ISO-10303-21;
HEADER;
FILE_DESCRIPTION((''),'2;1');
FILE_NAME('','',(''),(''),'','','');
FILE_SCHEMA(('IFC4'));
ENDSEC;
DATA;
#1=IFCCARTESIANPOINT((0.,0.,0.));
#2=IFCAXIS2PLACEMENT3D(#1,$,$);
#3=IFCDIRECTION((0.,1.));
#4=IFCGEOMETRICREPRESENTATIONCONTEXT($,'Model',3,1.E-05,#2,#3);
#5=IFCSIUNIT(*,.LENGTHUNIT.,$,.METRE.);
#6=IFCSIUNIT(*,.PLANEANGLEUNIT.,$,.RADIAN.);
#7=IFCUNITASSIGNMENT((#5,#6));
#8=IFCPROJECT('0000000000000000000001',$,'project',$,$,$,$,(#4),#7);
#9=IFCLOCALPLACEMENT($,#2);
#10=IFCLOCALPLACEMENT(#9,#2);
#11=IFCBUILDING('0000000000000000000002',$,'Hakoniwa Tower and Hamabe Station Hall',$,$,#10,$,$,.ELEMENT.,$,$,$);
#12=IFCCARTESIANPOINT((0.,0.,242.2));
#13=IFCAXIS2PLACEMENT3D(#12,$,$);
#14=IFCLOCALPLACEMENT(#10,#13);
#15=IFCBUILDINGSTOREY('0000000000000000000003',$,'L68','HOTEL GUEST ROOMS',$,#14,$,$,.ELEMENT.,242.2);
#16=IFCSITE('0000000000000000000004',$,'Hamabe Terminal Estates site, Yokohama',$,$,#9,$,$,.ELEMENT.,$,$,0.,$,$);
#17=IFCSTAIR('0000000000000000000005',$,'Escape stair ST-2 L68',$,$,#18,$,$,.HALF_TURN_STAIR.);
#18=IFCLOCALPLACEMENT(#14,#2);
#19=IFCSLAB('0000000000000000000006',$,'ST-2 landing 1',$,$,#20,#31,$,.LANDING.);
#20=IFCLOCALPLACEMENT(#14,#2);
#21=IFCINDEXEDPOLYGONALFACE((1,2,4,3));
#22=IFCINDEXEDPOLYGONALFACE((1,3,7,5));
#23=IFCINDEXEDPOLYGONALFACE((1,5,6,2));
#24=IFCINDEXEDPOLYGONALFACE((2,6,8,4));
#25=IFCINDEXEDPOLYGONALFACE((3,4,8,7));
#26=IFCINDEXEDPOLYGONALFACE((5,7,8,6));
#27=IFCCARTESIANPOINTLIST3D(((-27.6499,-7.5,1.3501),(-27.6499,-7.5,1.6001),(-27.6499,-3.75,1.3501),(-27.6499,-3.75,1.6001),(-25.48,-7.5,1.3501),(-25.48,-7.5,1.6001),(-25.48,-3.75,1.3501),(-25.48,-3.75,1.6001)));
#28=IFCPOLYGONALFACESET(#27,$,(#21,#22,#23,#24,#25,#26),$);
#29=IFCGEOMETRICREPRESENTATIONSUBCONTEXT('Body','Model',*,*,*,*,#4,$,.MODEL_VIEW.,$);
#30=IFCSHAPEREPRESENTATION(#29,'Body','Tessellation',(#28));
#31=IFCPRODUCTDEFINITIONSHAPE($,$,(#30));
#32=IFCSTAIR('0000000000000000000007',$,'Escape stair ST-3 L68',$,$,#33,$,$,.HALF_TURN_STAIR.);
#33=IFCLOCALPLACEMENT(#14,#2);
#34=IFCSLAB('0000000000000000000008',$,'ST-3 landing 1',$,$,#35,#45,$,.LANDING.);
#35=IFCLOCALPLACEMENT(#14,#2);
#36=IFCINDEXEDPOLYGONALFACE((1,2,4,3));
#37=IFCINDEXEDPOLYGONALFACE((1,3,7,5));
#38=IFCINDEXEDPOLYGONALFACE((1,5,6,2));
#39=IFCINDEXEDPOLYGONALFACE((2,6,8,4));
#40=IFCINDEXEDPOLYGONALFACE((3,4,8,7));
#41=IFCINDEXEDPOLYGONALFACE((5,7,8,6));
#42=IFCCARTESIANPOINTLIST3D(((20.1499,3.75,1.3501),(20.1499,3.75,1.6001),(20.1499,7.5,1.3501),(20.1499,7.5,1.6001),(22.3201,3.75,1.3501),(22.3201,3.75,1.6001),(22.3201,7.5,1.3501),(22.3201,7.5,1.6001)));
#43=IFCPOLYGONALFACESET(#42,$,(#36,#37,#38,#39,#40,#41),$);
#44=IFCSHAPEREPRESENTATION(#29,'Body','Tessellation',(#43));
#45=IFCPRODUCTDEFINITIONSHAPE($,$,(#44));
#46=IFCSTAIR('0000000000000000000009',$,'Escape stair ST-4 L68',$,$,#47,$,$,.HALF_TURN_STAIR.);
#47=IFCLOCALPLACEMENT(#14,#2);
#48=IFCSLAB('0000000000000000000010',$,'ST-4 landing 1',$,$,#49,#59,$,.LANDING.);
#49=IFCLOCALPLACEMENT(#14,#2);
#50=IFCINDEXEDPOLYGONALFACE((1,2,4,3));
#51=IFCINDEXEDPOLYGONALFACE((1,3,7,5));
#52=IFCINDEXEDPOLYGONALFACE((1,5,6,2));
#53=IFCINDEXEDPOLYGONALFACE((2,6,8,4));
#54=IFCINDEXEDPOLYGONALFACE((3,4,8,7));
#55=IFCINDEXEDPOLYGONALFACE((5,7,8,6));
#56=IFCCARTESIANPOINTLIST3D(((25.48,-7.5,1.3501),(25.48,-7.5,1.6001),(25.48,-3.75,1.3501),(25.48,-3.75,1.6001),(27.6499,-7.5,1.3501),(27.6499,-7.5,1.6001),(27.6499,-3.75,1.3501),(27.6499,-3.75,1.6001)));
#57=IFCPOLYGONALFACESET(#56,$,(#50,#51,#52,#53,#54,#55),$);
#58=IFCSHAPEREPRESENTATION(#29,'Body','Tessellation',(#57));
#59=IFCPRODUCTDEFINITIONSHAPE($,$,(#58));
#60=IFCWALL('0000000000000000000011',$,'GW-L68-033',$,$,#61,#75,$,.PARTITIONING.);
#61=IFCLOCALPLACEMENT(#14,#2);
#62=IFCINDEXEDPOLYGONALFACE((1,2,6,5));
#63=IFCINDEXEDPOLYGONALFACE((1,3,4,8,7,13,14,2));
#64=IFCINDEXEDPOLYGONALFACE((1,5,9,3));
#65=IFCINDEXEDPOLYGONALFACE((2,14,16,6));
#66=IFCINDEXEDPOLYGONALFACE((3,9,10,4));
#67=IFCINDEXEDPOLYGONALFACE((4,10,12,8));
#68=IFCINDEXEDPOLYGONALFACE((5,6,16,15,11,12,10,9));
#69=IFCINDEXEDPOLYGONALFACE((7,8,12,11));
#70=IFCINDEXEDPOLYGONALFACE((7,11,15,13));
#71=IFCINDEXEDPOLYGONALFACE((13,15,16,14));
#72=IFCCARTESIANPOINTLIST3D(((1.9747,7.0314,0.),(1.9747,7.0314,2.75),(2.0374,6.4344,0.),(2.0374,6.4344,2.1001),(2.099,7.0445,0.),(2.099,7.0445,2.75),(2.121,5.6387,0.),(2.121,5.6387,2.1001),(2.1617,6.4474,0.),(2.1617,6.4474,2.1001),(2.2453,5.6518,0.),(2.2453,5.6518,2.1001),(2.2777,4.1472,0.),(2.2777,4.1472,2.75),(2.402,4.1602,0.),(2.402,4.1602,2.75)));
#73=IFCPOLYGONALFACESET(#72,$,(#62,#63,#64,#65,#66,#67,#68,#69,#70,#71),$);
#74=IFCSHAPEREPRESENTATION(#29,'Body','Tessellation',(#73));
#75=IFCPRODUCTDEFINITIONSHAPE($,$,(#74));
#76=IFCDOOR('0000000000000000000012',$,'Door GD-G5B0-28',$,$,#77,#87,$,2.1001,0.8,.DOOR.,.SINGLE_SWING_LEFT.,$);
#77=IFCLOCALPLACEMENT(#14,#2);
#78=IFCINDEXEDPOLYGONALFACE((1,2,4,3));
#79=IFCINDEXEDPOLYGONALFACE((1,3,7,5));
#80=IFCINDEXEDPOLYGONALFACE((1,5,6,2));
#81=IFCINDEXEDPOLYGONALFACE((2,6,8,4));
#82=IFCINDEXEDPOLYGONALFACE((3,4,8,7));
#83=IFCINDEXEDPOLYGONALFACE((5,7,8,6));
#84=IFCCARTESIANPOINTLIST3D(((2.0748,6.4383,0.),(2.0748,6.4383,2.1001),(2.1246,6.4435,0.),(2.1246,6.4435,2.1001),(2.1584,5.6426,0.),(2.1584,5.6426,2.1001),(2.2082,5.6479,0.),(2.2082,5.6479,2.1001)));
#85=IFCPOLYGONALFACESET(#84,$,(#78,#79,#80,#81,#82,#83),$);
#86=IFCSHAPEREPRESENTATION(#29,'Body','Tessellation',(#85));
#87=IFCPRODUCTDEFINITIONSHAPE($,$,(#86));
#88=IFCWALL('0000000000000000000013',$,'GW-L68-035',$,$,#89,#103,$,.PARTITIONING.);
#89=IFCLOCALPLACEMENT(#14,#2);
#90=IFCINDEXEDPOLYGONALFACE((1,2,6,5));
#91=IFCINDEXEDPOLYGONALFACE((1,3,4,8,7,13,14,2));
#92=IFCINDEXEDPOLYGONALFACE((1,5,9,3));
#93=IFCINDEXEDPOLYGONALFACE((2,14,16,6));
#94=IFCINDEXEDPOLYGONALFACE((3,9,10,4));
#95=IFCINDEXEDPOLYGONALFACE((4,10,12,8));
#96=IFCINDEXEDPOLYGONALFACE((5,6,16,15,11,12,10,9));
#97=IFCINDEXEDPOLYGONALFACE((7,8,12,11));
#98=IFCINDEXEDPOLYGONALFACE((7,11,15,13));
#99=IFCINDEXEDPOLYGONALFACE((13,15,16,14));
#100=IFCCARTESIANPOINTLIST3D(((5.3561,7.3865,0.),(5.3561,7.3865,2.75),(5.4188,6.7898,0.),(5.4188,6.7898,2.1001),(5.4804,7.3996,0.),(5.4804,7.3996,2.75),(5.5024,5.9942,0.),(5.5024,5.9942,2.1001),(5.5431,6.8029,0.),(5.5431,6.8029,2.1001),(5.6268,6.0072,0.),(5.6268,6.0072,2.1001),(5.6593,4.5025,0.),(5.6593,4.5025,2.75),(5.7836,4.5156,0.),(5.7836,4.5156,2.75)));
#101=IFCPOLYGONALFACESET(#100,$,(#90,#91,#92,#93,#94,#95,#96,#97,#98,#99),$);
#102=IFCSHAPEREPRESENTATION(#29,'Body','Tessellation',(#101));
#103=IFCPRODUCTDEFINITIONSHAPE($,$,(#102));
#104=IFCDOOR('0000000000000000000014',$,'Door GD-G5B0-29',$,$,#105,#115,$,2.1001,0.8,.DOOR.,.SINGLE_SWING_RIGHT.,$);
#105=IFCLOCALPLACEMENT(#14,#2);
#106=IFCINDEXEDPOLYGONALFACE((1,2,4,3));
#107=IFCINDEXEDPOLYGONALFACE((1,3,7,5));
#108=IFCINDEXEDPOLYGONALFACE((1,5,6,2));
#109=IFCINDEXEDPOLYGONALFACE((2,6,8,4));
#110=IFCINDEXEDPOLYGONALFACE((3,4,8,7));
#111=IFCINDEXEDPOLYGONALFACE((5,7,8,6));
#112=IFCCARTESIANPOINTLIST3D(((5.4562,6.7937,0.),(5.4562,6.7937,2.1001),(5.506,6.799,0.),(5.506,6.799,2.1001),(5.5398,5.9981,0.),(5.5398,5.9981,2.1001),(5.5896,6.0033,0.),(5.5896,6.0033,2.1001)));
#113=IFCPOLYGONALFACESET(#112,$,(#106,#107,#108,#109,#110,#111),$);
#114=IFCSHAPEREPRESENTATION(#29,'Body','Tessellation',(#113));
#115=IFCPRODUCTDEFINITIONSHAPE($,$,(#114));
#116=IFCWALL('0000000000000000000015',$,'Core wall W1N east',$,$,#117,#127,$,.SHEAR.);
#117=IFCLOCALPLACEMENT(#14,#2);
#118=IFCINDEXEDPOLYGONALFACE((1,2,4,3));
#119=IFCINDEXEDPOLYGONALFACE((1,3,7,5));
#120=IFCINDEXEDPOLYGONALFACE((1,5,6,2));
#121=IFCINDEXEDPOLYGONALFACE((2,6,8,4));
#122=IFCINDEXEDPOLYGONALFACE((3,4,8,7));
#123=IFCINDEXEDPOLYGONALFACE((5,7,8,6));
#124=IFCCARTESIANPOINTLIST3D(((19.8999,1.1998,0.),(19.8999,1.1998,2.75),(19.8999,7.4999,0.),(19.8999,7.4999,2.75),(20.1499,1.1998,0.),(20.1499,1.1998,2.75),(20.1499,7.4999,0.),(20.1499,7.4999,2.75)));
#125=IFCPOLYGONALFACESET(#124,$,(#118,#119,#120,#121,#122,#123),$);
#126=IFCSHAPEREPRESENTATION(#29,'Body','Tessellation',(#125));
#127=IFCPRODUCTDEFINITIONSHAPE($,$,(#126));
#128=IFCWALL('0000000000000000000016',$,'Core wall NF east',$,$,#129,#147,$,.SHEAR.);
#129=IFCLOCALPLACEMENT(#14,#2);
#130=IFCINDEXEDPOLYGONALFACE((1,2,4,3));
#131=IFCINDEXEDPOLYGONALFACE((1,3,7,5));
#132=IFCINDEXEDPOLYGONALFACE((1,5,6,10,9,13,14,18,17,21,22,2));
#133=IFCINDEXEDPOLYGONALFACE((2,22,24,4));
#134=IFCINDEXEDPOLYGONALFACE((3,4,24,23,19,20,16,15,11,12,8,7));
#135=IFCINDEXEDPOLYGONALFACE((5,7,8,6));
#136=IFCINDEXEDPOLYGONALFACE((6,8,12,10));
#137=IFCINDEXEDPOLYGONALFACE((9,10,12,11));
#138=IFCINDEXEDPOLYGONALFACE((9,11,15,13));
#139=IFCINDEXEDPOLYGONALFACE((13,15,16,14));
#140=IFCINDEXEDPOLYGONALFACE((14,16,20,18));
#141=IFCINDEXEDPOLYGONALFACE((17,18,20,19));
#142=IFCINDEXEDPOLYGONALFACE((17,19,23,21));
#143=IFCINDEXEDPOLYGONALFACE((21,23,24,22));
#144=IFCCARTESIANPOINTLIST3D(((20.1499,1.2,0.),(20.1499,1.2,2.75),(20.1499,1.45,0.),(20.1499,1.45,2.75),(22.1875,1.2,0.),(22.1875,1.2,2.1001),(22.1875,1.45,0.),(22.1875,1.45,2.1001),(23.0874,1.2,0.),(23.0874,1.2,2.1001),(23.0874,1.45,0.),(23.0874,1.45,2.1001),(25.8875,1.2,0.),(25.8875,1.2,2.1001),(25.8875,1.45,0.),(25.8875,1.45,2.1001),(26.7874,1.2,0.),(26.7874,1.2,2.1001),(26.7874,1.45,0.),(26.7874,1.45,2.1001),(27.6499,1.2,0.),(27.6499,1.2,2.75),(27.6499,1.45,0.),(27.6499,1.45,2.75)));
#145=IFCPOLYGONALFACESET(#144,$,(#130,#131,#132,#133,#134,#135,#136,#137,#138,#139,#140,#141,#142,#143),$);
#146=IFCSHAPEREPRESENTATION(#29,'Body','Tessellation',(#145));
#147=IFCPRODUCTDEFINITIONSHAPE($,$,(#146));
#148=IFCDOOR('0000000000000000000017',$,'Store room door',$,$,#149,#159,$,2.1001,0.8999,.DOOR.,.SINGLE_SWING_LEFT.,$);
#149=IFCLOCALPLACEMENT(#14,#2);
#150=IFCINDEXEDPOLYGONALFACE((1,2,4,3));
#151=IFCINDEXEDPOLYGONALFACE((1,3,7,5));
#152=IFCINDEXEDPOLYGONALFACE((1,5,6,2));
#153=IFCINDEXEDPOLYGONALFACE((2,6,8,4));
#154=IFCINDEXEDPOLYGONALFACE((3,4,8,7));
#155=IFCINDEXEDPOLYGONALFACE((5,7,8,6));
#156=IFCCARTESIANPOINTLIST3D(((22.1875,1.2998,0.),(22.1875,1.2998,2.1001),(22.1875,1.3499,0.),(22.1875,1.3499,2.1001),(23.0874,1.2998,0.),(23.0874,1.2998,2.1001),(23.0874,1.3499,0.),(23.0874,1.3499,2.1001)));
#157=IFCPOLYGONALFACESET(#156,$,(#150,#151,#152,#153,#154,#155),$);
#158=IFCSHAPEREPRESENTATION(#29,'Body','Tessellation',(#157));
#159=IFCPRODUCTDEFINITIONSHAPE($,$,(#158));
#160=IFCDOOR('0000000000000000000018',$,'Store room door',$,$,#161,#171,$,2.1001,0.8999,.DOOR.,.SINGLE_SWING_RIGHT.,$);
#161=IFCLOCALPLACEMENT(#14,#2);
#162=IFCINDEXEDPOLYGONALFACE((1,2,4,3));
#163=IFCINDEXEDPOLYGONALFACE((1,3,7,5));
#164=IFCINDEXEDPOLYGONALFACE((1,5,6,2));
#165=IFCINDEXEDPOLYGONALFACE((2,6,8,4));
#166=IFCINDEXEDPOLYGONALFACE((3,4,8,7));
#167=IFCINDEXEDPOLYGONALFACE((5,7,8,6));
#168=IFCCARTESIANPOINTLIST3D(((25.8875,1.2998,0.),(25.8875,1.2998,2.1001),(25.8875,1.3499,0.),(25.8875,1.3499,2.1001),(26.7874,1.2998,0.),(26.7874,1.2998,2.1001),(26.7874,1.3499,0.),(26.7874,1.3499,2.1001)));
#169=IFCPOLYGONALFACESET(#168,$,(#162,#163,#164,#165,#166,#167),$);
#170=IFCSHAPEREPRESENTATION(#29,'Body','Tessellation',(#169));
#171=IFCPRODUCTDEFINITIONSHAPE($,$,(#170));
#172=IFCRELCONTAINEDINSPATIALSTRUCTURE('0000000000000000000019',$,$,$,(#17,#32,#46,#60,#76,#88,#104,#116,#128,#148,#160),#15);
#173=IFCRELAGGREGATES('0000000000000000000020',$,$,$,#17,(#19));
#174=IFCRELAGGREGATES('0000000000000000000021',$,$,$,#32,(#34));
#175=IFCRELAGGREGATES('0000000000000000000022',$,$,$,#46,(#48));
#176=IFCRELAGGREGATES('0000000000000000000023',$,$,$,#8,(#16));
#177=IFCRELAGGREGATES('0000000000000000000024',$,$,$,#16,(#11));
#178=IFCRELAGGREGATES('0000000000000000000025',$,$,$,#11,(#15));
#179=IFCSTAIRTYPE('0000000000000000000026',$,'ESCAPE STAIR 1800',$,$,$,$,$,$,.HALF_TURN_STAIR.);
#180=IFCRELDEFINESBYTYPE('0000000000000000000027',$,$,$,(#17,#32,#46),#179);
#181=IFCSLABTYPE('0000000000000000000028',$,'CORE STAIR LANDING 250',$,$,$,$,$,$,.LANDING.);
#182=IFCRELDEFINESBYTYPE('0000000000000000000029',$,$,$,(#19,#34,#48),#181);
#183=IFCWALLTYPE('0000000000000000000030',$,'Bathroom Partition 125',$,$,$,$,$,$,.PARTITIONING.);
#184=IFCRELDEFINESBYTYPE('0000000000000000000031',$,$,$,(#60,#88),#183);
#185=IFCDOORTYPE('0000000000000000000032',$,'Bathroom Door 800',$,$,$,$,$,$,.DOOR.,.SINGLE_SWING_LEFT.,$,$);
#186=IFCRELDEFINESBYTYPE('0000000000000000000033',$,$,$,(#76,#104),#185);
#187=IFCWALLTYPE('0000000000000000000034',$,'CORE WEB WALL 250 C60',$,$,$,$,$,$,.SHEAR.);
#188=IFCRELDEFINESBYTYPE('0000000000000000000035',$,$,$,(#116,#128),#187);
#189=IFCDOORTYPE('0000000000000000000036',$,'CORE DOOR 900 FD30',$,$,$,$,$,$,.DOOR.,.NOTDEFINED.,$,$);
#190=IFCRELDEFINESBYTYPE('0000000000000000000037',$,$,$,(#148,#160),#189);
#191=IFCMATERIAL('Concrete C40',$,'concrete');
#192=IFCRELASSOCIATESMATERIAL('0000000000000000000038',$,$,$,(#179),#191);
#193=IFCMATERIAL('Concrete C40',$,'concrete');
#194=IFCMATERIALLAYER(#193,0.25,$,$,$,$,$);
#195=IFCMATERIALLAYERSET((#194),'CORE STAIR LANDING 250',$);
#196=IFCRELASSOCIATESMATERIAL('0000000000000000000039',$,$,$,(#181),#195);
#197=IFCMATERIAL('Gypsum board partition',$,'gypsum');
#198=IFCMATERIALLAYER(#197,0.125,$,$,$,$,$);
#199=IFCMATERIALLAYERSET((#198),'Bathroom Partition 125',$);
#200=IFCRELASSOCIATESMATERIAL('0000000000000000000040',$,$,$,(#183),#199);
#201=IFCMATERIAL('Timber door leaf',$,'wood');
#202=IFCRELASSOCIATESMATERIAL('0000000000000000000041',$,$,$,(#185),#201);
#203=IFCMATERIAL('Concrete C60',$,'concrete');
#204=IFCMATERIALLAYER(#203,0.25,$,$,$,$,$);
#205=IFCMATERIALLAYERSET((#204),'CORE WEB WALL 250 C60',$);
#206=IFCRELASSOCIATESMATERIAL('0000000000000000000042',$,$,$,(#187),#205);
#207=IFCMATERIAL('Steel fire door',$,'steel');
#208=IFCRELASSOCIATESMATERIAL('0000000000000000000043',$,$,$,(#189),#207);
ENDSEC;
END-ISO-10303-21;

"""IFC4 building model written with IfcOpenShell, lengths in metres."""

from ifc_helpers import new_model, si_unit, direction, frame, frame_2d, origin, place, context, subcontext, project, spatial, polyline, rectangle, outline, extrude, material, layer, layer_set, type_object, element, fill, aggregate, save


model = new_model("IFC4")

# Units and contexts
model_context = context("Model", 3, precision=1e-05, world=origin(), true_north=direction((0.0, 1.0)))
body_context = subcontext(model_context, "Body", "Model", "MODEL_VIEW")
ifc_project = project(units=[si_unit("LENGTHUNIT", "METRE"), si_unit("PLANEANGLEUNIT", "RADIAN")], contexts=[model_context])

# Site, building, storey
site_placement = place(None, origin())
site = spatial("IfcSite", under=ifc_project, at=site_placement, Name="Hamabe Terminal Estates site, Yokohama", CompositionType="ELEMENT", RefElevation=0.0)
building_placement = place(site_placement, origin())
building = spatial("IfcBuilding", under=site, at=building_placement, Name="Hakoniwa Tower and Hamabe Station Hall", CompositionType="ELEMENT")
storey_placement = place(building_placement, frame((0.0, 0.0, 242.2)))
storey = spatial("IfcBuildingStorey", under=building, at=storey_placement, Name="L68", Description="HOTEL GUEST ROOMS", CompositionType="ELEMENT", Elevation=242.2)

# Stairs, slabs
ifc_material_1 = material(Name="Concrete C40", Category="concrete")
stair_type = type_object("IfcStairType", Name="ESCAPE STAIR 1800", PredefinedType="HALF_TURN_STAIR", material=ifc_material_1)
stair_1_placement = place(storey_placement, origin())
stair_1 = element("IfcStair", 1, at=stair_1_placement, inside=storey, type_object=stair_type, Name="Escape stair ST-2 L68", PredefinedType="HALF_TURN_STAIR")
ifc_material_2 = material(Name="Concrete C40", Category="concrete")
ifc_layer_1 = layer(ifc_material_2, 0.25)
ifc_layer_set_1 = layer_set([ifc_layer_1], Name="CORE STAIR LANDING 250")
slab_type = type_object("IfcSlabType", Name="CORE STAIR LANDING 250", PredefinedType="LANDING", material=ifc_layer_set_1)
slab_1_placement = place(storey_placement, frame((0.0, 0.0, 1.3501)))
slab_1 = element("IfcSlab", 2, at=slab_1_placement, type_object=slab_type, Name="ST-2 landing 1", PredefinedType="LANDING", context=body_context, shape_type="SweptSolid", body=[
    extrude(outline(polyline([(-25.48, -7.5), (-27.6499, -7.5), (-27.6499, -3.75), (-25.48, -3.75), (-25.48, -7.5)])), origin(), (0.0, 0.0, 1.0), 0.25),
])
aggregate(stair_1, [slab_1])
stair_2_placement = place(storey_placement, origin())
stair_2 = element("IfcStair", 3, at=stair_2_placement, inside=storey, type_object=stair_type, Name="Escape stair ST-3 L68", PredefinedType="HALF_TURN_STAIR")
slab_2_placement = place(storey_placement, frame((0.0, 0.0, 1.3501)))
slab_2 = element("IfcSlab", 4, at=slab_2_placement, type_object=slab_type, Name="ST-3 landing 1", PredefinedType="LANDING", context=body_context, shape_type="SweptSolid", body=[
    extrude(outline(polyline([(22.3201, 3.75), (20.1499, 3.75), (20.1499, 7.5), (22.3201, 7.5), (22.3201, 3.75)])), origin(), (0.0, 0.0, 1.0), 0.25),
])
aggregate(stair_2, [slab_2])
stair_3_placement = place(storey_placement, origin())
stair_3 = element("IfcStair", 5, at=stair_3_placement, inside=storey, type_object=stair_type, Name="Escape stair ST-4 L68", PredefinedType="HALF_TURN_STAIR")
slab_3_placement = place(storey_placement, frame((0.0, 0.0, 1.3501)))
slab_3 = element("IfcSlab", 6, at=slab_3_placement, type_object=slab_type, Name="ST-4 landing 1", PredefinedType="LANDING", context=body_context, shape_type="SweptSolid", body=[
    extrude(outline(polyline([(25.48, -7.5), (27.6499, -7.5), (27.6499, -3.75), (25.48, -3.75), (25.48, -7.5)])), origin(), (0.0, 0.0, 1.0), 0.25),
])
aggregate(stair_3, [slab_3])

# Walls, openings, doors
ifc_material_3 = material(Name="Gypsum board partition", Category="gypsum")
ifc_layer_2 = layer(ifc_material_3, 0.125)
ifc_layer_set_2 = layer_set([ifc_layer_2], Name="Bathroom Partition 125")
wall_type_1 = type_object("IfcWallType", Name="Bathroom Partition 125", PredefinedType="PARTITIONING", material=ifc_layer_set_2)
wall_1_placement = place(storey_placement, frame((2.3398, 4.1536, 0.0), z_axis=(0.0, 0.0, 1.0), x_axis=(-0.10447, 0.994528, 0.0)))
wall_1 = element("IfcWall", 7, at=wall_1_placement, inside=storey, type_object=wall_type_1, Name="GW-L68-033", PredefinedType="PARTITIONING", context=body_context, shape_type="SweptSolid", body=[
    extrude(rectangle(XDim=2.9001, YDim=0.125, at=frame_2d((1.4502, 0.0))), origin(), (0.0, 0.0, 1.0), 2.75),
])
opening_1_placement = place(wall_1_placement, frame((1.5, 0.0, 0.0)))
opening_1 = element("IfcOpeningElement", 8, at=opening_1_placement, cuts=wall_1, PredefinedType="OPENING", context=body_context, shape_type="SweptSolid", body=[
    extrude(rectangle(XDim=0.8, YDim=2.1001, at=frame_2d((0.3999, 1.05))), frame((0.0, 0.0725, 0.0), z_axis=(0.0, -1.0, 0.0), x_axis=(1.0, 0.0, 0.0)), (0.0, 0.0, 1.0), 0.145),
])
ifc_material_4 = material(Name="Timber door leaf", Category="wood")
door_type_1 = type_object("IfcDoorType", Name="Bathroom Door 800", OperationType="SINGLE_SWING_LEFT", PredefinedType="DOOR", material=ifc_material_4)
door_1_placement = place(opening_1_placement, origin())
door_1 = element("IfcDoor", 9, at=door_1_placement, inside=storey, type_object=door_type_1, Name="Door GD-G5B0-28", OperationType="SINGLE_SWING_LEFT", OverallHeight=2.1001, OverallWidth=0.8, PredefinedType="DOOR", context=body_context, shape_type="SweptSolid", body=[
    extrude(rectangle(XDim=0.8, YDim=2.1001, at=frame_2d((0.3999, 1.05))), frame((0.0, 0.0249, 0.0), z_axis=(0.0, -1.0, 0.0), x_axis=(1.0, 0.0, 0.0)), (0.0, 0.0, 1.0), 0.05),
])
fill(opening_1, door_1)
wall_2_placement = place(storey_placement, frame((5.7214, 4.509, 0.0), z_axis=(0.0, 0.0, 1.0), x_axis=(-0.104562, 0.994518, 0.0)))
wall_2 = element("IfcWall", 10, at=wall_2_placement, inside=storey, type_object=wall_type_1, Name="GW-L68-035", PredefinedType="PARTITIONING", context=body_context, shape_type="SweptSolid", body=[
    extrude(rectangle(XDim=2.8999, YDim=0.125, at=frame_2d((1.45, 0.0))), origin(), (0.0, 0.0, 1.0), 2.75),
])
opening_2_placement = place(wall_2_placement, frame((1.5, 0.0, 0.0)))
opening_2 = element("IfcOpeningElement", 11, at=opening_2_placement, cuts=wall_2, PredefinedType="OPENING", context=body_context, shape_type="SweptSolid", body=[
    extrude(rectangle(XDim=0.8, YDim=2.1001, at=frame_2d((0.3999, 1.05))), frame((0.0, 0.0725, 0.0), z_axis=(0.0, -1.0, 0.0), x_axis=(1.0, 0.0, 0.0)), (0.0, 0.0, 1.0), 0.145),
])
door_2_placement = place(opening_2_placement, origin())
door_2 = element("IfcDoor", 12, at=door_2_placement, inside=storey, type_object=door_type_1, Name="Door GD-G5B0-29", OperationType="SINGLE_SWING_RIGHT", OverallHeight=2.1001, OverallWidth=0.8, PredefinedType="DOOR", context=body_context, shape_type="SweptSolid", body=[
    extrude(rectangle(XDim=0.8, YDim=2.1001, at=frame_2d((0.3999, 1.05))), frame((0.0, 0.0249, 0.0), z_axis=(0.0, -1.0, 0.0), x_axis=(1.0, 0.0, 0.0)), (0.0, 0.0, 1.0), 0.05),
])
fill(opening_2, door_2)

# Wall
ifc_material_5 = material(Name="Concrete C60", Category="concrete")
ifc_layer_3 = layer(ifc_material_5, 0.25)
ifc_layer_set_3 = layer_set([ifc_layer_3], Name="CORE WEB WALL 250 C60")
wall_type_2 = type_object("IfcWallType", Name="CORE WEB WALL 250 C60", PredefinedType="SHEAR", material=ifc_layer_set_3)
wall_3_placement = place(storey_placement, frame((20.0249, 1.2, 0.0), z_axis=(0.0, 0.0, 1.0), x_axis=(0.0, 1.0, 0.0)))
element("IfcWall", 13, at=wall_3_placement, inside=storey, type_object=wall_type_2, Name="Core wall W1N east", PredefinedType="SHEAR", context=body_context, shape_type="SweptSolid", body=[
    extrude(rectangle(XDim=6.3, YDim=0.25, at=frame_2d((3.1499, 0.0))), origin(), (0.0, 0.0, 1.0), 2.75),
])

# Wall, openings, doors
wall_4_placement = place(storey_placement, frame((20.1499, 1.325, 0.0), z_axis=(0.0, 0.0, 1.0), x_axis=(1.0, 0.0, 0.0)))
wall_4 = element("IfcWall", 14, at=wall_4_placement, inside=storey, type_object=wall_type_2, Name="Core wall NF east", PredefinedType="SHEAR", context=body_context, shape_type="SweptSolid", body=[
    extrude(rectangle(XDim=7.5, YDim=0.25, at=frame_2d((3.75, 0.0))), origin(), (0.0, 0.0, 1.0), 2.75),
])
opening_3_placement = place(wall_4_placement, frame((2.0376, 0.0, 0.0)))
opening_3 = element("IfcOpeningElement", 15, at=opening_3_placement, cuts=wall_4, PredefinedType="OPENING", context=body_context, shape_type="SweptSolid", body=[
    extrude(rectangle(XDim=0.8999, YDim=2.1001, at=frame_2d((0.45, 1.05))), frame((0.0, 0.135, 0.0), z_axis=(0.0, -1.0, 0.0), x_axis=(1.0, 0.0, 0.0)), (0.0, 0.0, 1.0), 0.27),
])
opening_4_placement = place(wall_4_placement, frame((5.7375, 0.0, 0.0)))
opening_4 = element("IfcOpeningElement", 16, at=opening_4_placement, cuts=wall_4, PredefinedType="OPENING", context=body_context, shape_type="SweptSolid", body=[
    extrude(rectangle(XDim=0.8999, YDim=2.1001, at=frame_2d((0.45, 1.05))), frame((0.0, 0.135, 0.0), z_axis=(0.0, -1.0, 0.0), x_axis=(1.0, 0.0, 0.0)), (0.0, 0.0, 1.0), 0.27),
])
ifc_material_6 = material(Name="Steel fire door", Category="steel")
door_type_2 = type_object("IfcDoorType", Name="CORE DOOR 900 FD30", OperationType="NOTDEFINED", PredefinedType="DOOR", material=ifc_material_6)
door_3_placement = place(opening_3_placement, origin())
door_3 = element("IfcDoor", 17, at=door_3_placement, inside=storey, type_object=door_type_2, Name="Store room door", OperationType="SINGLE_SWING_LEFT", OverallHeight=2.1001, OverallWidth=0.8999, PredefinedType="DOOR", context=body_context, shape_type="SweptSolid", body=[
    extrude(rectangle(XDim=0.8999, YDim=2.1001, at=frame_2d((0.45, 1.05))), frame((0.0, 0.0249, 0.0), z_axis=(0.0, -1.0, 0.0), x_axis=(1.0, 0.0, 0.0)), (0.0, 0.0, 1.0), 0.05),
])
fill(opening_3, door_3)
door_4_placement = place(opening_4_placement, origin())
door_4 = element("IfcDoor", 18, at=door_4_placement, inside=storey, type_object=door_type_2, Name="Store room door", OperationType="SINGLE_SWING_RIGHT", OverallHeight=2.1001, OverallWidth=0.8999, PredefinedType="DOOR", context=body_context, shape_type="SweptSolid", body=[
    extrude(rectangle(XDim=0.8999, YDim=2.1001, at=frame_2d((0.45, 1.05))), frame((0.0, 0.0249, 0.0), z_axis=(0.0, -1.0, 0.0), x_axis=(1.0, 0.0, 0.0)), (0.0, 0.0, 1.0), 0.05),
])
fill(opening_4, door_4)

save(model, "model.ifc")
